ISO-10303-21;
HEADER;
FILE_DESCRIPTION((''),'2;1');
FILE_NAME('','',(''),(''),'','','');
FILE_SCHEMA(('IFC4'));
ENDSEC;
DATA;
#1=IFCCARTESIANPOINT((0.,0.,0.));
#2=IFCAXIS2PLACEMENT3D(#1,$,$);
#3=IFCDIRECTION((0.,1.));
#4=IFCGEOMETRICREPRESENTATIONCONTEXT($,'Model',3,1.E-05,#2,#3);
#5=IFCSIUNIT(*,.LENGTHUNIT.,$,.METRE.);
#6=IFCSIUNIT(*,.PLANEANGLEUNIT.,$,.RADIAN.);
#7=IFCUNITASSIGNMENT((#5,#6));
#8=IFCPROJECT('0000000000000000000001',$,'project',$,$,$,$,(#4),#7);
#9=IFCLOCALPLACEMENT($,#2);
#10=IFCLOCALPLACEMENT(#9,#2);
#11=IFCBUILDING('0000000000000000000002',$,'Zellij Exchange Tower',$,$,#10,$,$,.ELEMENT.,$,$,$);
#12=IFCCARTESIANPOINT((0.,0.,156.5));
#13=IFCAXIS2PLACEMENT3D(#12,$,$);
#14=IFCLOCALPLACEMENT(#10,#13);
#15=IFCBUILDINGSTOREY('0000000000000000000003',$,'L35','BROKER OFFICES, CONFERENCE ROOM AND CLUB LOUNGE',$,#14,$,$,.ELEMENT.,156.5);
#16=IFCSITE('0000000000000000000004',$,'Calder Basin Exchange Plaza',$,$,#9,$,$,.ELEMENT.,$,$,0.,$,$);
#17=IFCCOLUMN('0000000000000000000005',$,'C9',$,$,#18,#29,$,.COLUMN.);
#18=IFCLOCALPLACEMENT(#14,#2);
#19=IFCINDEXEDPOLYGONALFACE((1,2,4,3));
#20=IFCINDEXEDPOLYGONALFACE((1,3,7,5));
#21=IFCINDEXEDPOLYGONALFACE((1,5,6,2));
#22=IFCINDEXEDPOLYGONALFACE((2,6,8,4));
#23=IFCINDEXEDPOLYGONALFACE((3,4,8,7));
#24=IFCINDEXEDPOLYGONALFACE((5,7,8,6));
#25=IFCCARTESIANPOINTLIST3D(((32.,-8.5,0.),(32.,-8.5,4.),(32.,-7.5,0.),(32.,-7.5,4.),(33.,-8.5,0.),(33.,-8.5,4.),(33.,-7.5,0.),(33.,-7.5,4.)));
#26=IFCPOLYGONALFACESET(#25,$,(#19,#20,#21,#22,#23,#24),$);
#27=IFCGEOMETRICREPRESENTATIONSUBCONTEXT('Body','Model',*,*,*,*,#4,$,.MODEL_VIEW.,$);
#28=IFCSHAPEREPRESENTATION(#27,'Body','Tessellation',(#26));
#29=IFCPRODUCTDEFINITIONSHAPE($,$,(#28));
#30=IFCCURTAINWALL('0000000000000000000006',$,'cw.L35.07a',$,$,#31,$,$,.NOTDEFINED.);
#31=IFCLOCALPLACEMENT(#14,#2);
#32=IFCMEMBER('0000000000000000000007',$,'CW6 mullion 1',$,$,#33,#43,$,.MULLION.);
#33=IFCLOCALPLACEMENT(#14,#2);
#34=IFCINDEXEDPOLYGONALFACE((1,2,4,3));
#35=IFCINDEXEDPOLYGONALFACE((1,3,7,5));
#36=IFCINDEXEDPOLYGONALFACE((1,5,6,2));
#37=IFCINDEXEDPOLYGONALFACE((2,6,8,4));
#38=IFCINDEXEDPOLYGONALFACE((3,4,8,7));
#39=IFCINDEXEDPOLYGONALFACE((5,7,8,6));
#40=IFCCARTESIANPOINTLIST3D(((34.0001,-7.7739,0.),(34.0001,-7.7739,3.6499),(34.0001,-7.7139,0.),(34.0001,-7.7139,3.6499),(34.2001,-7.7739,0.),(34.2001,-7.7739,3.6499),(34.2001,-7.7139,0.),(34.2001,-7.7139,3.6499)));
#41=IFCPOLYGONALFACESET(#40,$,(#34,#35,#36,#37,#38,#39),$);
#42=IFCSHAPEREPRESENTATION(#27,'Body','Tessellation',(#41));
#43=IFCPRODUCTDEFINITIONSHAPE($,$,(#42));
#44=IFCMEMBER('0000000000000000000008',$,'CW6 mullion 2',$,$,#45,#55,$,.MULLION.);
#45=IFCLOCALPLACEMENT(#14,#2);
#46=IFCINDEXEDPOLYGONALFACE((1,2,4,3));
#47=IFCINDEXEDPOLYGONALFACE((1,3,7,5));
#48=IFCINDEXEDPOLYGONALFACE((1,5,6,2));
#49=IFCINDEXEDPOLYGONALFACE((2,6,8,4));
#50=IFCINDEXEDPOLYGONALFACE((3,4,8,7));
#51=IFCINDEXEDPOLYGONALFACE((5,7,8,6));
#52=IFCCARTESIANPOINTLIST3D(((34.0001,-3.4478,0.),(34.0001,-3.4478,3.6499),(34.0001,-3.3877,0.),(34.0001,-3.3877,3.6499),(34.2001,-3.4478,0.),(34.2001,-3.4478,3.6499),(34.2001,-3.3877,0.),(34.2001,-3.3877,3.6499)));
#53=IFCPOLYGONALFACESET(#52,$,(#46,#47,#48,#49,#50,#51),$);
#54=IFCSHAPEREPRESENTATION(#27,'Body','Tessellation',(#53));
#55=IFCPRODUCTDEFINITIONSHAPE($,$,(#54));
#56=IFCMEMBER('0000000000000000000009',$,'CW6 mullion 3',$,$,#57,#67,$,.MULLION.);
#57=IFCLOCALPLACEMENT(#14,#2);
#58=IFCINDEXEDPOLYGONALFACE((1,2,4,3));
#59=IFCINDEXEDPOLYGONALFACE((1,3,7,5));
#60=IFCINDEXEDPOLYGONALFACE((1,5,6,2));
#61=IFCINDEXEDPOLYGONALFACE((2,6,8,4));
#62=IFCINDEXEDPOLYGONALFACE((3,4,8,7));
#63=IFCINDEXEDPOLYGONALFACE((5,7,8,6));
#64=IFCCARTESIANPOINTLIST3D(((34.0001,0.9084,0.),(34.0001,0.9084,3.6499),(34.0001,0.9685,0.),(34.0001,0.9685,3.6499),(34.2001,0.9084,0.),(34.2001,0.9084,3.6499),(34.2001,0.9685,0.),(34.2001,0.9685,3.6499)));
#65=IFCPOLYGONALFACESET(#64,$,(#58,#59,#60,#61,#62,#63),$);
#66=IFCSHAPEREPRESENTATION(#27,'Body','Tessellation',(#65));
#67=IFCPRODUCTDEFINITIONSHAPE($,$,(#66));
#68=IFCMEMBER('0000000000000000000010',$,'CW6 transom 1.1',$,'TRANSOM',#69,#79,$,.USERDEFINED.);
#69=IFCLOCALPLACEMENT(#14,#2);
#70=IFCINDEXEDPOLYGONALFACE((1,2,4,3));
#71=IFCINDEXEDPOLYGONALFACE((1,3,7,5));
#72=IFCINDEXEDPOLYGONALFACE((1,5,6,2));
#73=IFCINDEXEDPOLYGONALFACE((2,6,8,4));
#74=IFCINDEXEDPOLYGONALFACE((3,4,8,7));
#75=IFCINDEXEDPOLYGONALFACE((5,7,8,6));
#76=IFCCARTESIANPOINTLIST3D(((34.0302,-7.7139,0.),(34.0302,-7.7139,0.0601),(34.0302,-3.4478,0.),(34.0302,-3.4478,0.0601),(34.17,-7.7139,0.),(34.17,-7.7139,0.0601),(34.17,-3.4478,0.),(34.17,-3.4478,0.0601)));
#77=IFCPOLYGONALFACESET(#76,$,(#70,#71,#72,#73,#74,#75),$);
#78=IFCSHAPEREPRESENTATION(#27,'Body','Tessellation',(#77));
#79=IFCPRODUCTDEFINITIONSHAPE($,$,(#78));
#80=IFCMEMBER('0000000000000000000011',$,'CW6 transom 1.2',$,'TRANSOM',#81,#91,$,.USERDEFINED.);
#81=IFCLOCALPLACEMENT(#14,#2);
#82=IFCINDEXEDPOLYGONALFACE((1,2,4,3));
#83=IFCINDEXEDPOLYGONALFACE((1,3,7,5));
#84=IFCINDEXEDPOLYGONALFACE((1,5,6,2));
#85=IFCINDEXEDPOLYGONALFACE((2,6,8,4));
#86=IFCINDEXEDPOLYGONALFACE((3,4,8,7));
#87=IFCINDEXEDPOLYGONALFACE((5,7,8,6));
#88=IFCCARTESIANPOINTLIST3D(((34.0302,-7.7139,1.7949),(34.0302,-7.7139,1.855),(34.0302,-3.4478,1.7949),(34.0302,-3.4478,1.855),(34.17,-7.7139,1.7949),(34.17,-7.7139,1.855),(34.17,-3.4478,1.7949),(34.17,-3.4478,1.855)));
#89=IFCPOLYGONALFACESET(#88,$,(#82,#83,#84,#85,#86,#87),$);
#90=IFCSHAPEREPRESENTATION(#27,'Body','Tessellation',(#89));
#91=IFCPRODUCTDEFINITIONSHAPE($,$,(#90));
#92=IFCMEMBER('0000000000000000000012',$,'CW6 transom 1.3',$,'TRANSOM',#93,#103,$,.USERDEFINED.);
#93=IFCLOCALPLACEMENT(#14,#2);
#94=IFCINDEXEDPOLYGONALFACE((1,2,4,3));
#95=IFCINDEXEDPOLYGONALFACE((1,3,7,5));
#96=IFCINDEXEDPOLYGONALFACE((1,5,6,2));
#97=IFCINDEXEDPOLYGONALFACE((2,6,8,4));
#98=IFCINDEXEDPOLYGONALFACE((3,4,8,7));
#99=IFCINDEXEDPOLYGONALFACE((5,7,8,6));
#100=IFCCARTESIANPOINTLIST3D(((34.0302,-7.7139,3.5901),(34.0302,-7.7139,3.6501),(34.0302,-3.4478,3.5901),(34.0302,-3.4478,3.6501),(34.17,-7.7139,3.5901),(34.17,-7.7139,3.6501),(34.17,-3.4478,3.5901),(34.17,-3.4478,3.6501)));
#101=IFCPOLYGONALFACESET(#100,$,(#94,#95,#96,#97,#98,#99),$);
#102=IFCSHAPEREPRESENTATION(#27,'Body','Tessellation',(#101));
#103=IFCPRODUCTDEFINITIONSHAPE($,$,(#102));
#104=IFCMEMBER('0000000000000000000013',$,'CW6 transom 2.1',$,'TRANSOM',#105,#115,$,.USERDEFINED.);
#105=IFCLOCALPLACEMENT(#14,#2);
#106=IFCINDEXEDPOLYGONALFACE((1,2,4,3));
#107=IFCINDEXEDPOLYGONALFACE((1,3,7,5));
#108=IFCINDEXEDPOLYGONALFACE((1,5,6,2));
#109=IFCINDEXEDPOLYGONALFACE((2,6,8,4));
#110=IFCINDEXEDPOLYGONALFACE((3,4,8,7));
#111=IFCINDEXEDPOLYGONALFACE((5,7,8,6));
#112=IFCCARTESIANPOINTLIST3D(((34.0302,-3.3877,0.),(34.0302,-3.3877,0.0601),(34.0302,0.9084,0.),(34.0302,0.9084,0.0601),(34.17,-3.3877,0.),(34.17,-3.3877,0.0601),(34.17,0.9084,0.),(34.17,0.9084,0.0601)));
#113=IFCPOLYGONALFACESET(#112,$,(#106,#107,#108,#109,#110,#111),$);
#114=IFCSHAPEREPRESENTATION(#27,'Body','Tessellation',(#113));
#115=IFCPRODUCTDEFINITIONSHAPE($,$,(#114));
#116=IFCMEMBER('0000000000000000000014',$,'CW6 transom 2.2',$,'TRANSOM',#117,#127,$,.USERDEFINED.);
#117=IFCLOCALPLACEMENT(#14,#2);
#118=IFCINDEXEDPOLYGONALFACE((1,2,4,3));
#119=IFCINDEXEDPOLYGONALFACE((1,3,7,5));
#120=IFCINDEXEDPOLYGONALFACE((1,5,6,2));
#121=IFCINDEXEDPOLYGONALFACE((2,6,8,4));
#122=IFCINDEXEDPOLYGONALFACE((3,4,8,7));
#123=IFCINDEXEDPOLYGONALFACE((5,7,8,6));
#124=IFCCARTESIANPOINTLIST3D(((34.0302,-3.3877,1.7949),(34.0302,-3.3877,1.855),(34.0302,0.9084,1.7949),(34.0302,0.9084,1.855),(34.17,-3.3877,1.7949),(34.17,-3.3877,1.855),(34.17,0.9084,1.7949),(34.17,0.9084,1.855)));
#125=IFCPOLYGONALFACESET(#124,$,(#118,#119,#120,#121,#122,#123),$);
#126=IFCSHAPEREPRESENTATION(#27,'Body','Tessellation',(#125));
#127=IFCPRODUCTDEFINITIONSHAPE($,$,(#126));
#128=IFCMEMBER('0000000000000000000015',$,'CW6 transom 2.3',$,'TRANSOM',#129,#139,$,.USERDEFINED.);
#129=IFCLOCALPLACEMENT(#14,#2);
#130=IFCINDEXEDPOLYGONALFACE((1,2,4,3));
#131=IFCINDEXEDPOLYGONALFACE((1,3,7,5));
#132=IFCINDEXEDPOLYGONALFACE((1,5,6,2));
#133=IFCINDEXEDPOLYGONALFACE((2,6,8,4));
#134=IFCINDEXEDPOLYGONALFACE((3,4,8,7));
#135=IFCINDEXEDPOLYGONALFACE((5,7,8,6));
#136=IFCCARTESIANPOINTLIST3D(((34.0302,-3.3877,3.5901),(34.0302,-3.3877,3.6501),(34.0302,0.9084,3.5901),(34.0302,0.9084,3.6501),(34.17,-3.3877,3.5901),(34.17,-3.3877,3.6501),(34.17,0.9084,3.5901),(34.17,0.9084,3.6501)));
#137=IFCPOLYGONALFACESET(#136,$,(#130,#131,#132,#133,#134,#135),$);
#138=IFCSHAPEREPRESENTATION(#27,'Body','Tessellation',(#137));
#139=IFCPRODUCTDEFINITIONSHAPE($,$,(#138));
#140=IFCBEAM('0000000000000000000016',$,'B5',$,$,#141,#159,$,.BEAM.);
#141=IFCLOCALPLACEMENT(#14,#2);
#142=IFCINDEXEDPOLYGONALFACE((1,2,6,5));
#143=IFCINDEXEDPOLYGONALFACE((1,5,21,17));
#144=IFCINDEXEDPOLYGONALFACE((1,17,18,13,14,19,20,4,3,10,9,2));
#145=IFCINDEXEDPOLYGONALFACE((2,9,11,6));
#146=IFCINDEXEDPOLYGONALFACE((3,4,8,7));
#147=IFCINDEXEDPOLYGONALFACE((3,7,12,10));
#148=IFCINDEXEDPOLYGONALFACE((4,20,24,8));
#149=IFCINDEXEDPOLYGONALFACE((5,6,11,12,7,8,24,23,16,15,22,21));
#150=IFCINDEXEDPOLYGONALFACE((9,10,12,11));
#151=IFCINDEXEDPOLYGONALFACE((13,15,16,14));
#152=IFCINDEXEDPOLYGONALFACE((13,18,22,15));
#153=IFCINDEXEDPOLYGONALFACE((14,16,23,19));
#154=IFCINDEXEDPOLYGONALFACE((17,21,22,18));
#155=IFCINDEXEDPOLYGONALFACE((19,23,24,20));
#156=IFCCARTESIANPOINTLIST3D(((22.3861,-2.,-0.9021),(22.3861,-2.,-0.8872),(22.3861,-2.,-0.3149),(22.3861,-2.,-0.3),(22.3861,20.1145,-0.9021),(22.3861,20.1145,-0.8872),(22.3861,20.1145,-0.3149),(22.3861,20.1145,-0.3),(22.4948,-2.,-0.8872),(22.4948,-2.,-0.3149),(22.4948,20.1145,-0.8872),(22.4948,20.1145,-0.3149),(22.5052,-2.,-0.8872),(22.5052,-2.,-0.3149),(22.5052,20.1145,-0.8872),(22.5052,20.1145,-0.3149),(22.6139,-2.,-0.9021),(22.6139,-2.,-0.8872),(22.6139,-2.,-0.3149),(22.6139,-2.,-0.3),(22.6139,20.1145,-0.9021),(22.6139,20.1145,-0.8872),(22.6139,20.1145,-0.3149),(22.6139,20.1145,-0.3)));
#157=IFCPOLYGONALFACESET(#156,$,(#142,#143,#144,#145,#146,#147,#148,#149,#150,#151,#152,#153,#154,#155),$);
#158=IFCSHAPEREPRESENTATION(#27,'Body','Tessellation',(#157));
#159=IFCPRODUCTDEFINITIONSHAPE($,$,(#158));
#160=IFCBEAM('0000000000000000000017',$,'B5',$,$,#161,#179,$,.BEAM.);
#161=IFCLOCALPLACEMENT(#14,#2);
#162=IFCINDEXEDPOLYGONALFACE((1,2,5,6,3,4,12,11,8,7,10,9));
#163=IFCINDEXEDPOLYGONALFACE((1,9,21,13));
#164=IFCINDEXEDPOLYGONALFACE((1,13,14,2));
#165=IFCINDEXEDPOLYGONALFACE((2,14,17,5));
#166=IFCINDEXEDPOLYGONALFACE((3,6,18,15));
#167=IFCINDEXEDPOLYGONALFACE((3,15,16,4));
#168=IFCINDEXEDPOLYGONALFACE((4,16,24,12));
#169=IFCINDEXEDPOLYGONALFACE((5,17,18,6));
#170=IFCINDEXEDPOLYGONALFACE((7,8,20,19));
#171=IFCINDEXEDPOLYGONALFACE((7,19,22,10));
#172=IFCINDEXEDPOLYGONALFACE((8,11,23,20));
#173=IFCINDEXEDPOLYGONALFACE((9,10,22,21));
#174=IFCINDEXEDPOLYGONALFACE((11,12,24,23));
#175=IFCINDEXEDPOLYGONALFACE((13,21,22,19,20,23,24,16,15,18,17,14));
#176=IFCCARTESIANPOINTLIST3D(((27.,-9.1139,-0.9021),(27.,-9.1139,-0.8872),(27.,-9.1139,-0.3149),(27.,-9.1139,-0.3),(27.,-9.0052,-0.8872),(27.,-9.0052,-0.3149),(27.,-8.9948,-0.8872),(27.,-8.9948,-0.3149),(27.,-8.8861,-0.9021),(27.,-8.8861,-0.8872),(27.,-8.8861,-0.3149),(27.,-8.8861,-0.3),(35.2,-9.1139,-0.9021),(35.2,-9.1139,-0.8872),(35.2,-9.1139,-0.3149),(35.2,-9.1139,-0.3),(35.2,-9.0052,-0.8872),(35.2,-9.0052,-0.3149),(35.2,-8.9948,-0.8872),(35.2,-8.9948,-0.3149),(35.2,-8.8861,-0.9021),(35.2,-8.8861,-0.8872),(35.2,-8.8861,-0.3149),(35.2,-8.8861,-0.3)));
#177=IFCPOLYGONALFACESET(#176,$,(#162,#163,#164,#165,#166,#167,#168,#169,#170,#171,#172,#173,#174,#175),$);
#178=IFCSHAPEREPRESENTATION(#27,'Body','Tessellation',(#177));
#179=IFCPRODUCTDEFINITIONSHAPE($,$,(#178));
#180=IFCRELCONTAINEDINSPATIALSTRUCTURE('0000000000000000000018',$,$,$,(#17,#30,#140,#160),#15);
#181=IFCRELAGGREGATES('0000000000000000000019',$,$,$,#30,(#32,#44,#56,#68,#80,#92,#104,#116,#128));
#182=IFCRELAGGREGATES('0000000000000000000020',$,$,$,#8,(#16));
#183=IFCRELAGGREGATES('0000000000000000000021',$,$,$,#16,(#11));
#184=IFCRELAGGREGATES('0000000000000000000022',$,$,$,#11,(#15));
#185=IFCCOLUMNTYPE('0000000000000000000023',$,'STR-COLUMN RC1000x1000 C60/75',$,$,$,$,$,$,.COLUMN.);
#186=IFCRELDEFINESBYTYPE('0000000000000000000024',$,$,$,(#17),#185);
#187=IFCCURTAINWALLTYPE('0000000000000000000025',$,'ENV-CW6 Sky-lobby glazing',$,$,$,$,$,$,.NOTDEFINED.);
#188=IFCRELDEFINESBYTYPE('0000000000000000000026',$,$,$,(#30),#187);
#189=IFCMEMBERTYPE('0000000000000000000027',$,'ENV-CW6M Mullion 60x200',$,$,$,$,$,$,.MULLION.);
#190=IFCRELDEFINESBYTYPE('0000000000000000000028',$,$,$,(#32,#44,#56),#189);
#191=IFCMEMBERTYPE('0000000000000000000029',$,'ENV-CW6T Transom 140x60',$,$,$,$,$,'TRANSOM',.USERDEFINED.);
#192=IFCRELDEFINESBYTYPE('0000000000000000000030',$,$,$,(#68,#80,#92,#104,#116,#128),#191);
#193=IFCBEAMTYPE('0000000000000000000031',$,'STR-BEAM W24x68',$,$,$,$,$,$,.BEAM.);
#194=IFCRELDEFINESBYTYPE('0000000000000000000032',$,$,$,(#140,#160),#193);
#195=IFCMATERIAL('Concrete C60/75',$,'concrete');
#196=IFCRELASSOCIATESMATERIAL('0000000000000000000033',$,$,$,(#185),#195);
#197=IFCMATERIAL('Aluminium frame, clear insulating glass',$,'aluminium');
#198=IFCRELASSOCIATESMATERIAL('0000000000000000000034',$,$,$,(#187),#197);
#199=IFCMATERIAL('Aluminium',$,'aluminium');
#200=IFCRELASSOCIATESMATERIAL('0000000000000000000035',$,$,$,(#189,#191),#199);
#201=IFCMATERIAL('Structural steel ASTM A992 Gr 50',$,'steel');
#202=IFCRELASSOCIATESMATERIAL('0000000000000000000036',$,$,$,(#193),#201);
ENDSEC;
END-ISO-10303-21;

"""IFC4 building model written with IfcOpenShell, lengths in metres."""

from ifc_helpers import new_model, si_unit, direction, frame, origin, origin_2d, place, context, subcontext, project, spatial, rectangle, i_section, extrude, material, material_profile, profile_set, type_object, element, aggregate, save


model = new_model("IFC4")

# Units and contexts
model_context = context("Model", 3, precision=1e-05, world=origin(), true_north=direction((0.0, 1.0)))
body_context = subcontext(model_context, "Body", "Model", "MODEL_VIEW")
ifc_project = project(units=[si_unit("LENGTHUNIT", "METRE"), si_unit("PLANEANGLEUNIT", "RADIAN")], contexts=[model_context])

# Site, building, storey
site_placement = place(None, origin())
site = spatial("IfcSite", under=ifc_project, at=site_placement, Name="Calder Basin Exchange Plaza", CompositionType="ELEMENT", RefElevation=0.0)
building_placement = place(site_placement, origin())
building = spatial("IfcBuilding", under=site, at=building_placement, Name="Zellij Exchange Tower", CompositionType="ELEMENT")
storey_placement = place(building_placement, frame((0.0, 0.0, 156.5)))
storey = spatial("IfcBuildingStorey", under=building, at=storey_placement, Name="L35", Description="BROKER OFFICES, CONFERENCE ROOM AND CLUB LOUNGE", CompositionType="ELEMENT", Elevation=156.5)

# Column
ifc_material_1 = material(Name="Concrete C60/75", Category="concrete")
ifc_material_profile_1 = material_profile(ifc_material_1, rectangle(XDim=1.0, YDim=1.0, at=origin_2d()), Name="STR-COLUMN RC1000x1000 C60/75")
ifc_profile_set_1 = profile_set([ifc_material_profile_1], Name="Concrete C60/75")
column_type = type_object("IfcColumnType", Name="STR-COLUMN RC1000x1000 C60/75", PredefinedType="COLUMN", material=ifc_profile_set_1)
column_placement = place(storey_placement, frame((32.5, -8.0, 0.0), z_axis=(0.0, 0.0, 1.0), x_axis=(1.0, 0.0, 0.0)))
element("IfcColumn", 1, at=column_placement, inside=storey, type_object=column_type, Name="C9", PredefinedType="COLUMN", context=body_context, shape_type="SweptSolid", body=[
    extrude(rectangle(XDim=1.0, YDim=1.0, at=origin_2d()), origin(), (0.0, 0.0, 1.0), 4.0),
])

# Curtain wall, members
ifc_material_2 = material(Name="Aluminium frame, clear insulating glass", Category="aluminium")
curtain_wall_type = type_object("IfcCurtainWallType", Name="ENV-CW6 Sky-lobby glazing", PredefinedType="NOTDEFINED", material=ifc_material_2)
curtain_wall_placement = place(storey_placement, origin())
curtain_wall = element("IfcCurtainWall", 2, at=curtain_wall_placement, inside=storey, type_object=curtain_wall_type, Name="cw.L35.07a", PredefinedType="NOTDEFINED")
ifc_material_3 = material(Name="Aluminium", Category="aluminium")
ifc_material_profile_2 = material_profile(ifc_material_3, rectangle(XDim=0.0601, YDim=0.2, at=origin_2d()), Name="AL 60x200")
ifc_profile_set_2 = profile_set([ifc_material_profile_2], Name="Aluminium")
member_type_1 = type_object("IfcMemberType", Name="ENV-CW6M Mullion 60x200", PredefinedType="MULLION", material=ifc_profile_set_2)
member_1_placement = place(storey_placement, frame((34.1001, -7.7439, 0.0), z_axis=(0.0, 0.0, 1.0), x_axis=(0.0, 1.0, 0.0)))
member_1 = element("IfcMember", 3, at=member_1_placement, type_object=member_type_1, Name="CW6 mullion 1", PredefinedType="MULLION", context=body_context, shape_type="SweptSolid", body=[
    extrude(rectangle(XDim=0.0601, YDim=0.2, at=origin_2d()), origin(), (0.0, 0.0, 1.0), 3.6499),
])
member_2_placement = place(storey_placement, frame((34.1001, -3.4177, 0.0), z_axis=(0.0, 0.0, 1.0), x_axis=(0.0, 1.0, 0.0)))
member_2 = element("IfcMember", 4, at=member_2_placement, type_object=member_type_1, Name="CW6 mullion 2", PredefinedType="MULLION", context=body_context, shape_type="SweptSolid", body=[
    extrude(rectangle(XDim=0.0601, YDim=0.2, at=origin_2d()), origin(), (0.0, 0.0, 1.0), 3.6499),
])
member_3_placement = place(storey_placement, frame((34.1001, 0.9385, 0.0), z_axis=(0.0, 0.0, 1.0), x_axis=(0.0, 1.0, 0.0)))
member_3 = element("IfcMember", 5, at=member_3_placement, type_object=member_type_1, Name="CW6 mullion 3", PredefinedType="MULLION", context=body_context, shape_type="SweptSolid", body=[
    extrude(rectangle(XDim=0.0601, YDim=0.2, at=origin_2d()), origin(), (0.0, 0.0, 1.0), 3.6499),
])
ifc_material_profile_3 = material_profile(ifc_material_3, rectangle(XDim=0.1399, YDim=0.0601, at=origin_2d()), Name="AL 140x60")
ifc_profile_set_3 = profile_set([ifc_material_profile_3], Name="Aluminium")
member_type_2 = type_object("IfcMemberType", Name="ENV-CW6T Transom 140x60", ElementType="TRANSOM", PredefinedType="USERDEFINED", material=ifc_profile_set_3)
member_4_placement = place(storey_placement, frame((34.1001, -7.7139, 0.03), z_axis=(0.0, 1.0, 0.0), x_axis=(-1.0, 0.0, 0.0)))
member_4 = element("IfcMember", 6, at=member_4_placement, type_object=member_type_2, Name="CW6 transom 1.1", ObjectType="TRANSOM", PredefinedType="USERDEFINED", context=body_context, shape_type="SweptSolid", body=[
    extrude(rectangle(XDim=0.1399, YDim=0.0601, at=origin_2d()), origin(), (0.0, 0.0, 1.0), 4.2661),
])
member_5_placement = place(storey_placement, frame((34.1001, -7.7139, 1.825), z_axis=(0.0, 1.0, 0.0), x_axis=(-1.0, 0.0, 0.0)))
member_5 = element("IfcMember", 7, at=member_5_placement, type_object=member_type_2, Name="CW6 transom 1.2", ObjectType="TRANSOM", PredefinedType="USERDEFINED", context=body_context, shape_type="SweptSolid", body=[
    extrude(rectangle(XDim=0.1399, YDim=0.0601, at=origin_2d()), origin(), (0.0, 0.0, 1.0), 4.2661),
])
member_6_placement = place(storey_placement, frame((34.1001, -7.7139, 3.6201), z_axis=(0.0, 1.0, 0.0), x_axis=(-1.0, 0.0, 0.0)))
member_6 = element("IfcMember", 8, at=member_6_placement, type_object=member_type_2, Name="CW6 transom 1.3", ObjectType="TRANSOM", PredefinedType="USERDEFINED", context=body_context, shape_type="SweptSolid", body=[
    extrude(rectangle(XDim=0.1399, YDim=0.0601, at=origin_2d()), origin(), (0.0, 0.0, 1.0), 4.2661),
])
member_7_placement = place(storey_placement, frame((34.1001, -3.3877, 0.03), z_axis=(0.0, 1.0, 0.0), x_axis=(-1.0, 0.0, 0.0)))
member_7 = element("IfcMember", 9, at=member_7_placement, type_object=member_type_2, Name="CW6 transom 2.1", ObjectType="TRANSOM", PredefinedType="USERDEFINED", context=body_context, shape_type="SweptSolid", body=[
    extrude(rectangle(XDim=0.1399, YDim=0.0601, at=origin_2d()), origin(), (0.0, 0.0, 1.0), 4.2961),
])
member_8_placement = place(storey_placement, frame((34.1001, -3.3877, 1.825), z_axis=(0.0, 1.0, 0.0), x_axis=(-1.0, 0.0, 0.0)))
member_8 = element("IfcMember", 10, at=member_8_placement, type_object=member_type_2, Name="CW6 transom 2.2", ObjectType="TRANSOM", PredefinedType="USERDEFINED", context=body_context, shape_type="SweptSolid", body=[
    extrude(rectangle(XDim=0.1399, YDim=0.0601, at=origin_2d()), origin(), (0.0, 0.0, 1.0), 4.2961),
])
member_9_placement = place(storey_placement, frame((34.1001, -3.3877, 3.6201), z_axis=(0.0, 1.0, 0.0), x_axis=(-1.0, 0.0, 0.0)))
member_9 = element("IfcMember", 11, at=member_9_placement, type_object=member_type_2, Name="CW6 transom 2.3", ObjectType="TRANSOM", PredefinedType="USERDEFINED", context=body_context, shape_type="SweptSolid", body=[
    extrude(rectangle(XDim=0.1399, YDim=0.0601, at=origin_2d()), origin(), (0.0, 0.0, 1.0), 4.2961),
])

# Beams
ifc_material_4 = material(Name="Structural steel ASTM A992 Gr 50", Category="steel")
ifc_material_profile_4 = material_profile(ifc_material_4, i_section(OverallWidth=0.2278, OverallDepth=0.6021, WebThickness=0.0105, FlangeThickness=0.0149, at=origin_2d()), Name="W24x68")
ifc_profile_set_4 = profile_set([ifc_material_profile_4], Name="Structural steel ASTM A992 Gr 50")
beam_type_1 = type_object("IfcBeamType", Name="STR-BEAM W24x68", PredefinedType="BEAM", material=ifc_profile_set_4)
beam_1_placement = place(storey_placement, frame((22.5, -2.0, -0.6011), z_axis=(0.0, 1.0, 0.0), x_axis=(-1.0, 0.0, 0.0)))
element("IfcBeam", 12, at=beam_1_placement, inside=storey, type_object=beam_type_1, Name="B5", PredefinedType="BEAM", context=body_context, shape_type="SweptSolid", body=[
    extrude(i_section(OverallWidth=0.2278, OverallDepth=0.6021, WebThickness=0.0105, FlangeThickness=0.0149, at=origin_2d()), origin(), (0.0, 0.0, 1.0), 22.1145),
])
for number, where, z_axis, x_axis, name in (
    (13, (27.0, -9.0, -0.6011), (1.0, 0.0, 0.0), (0.0, 1.0, 0.0), "B5"),
):
    element("IfcBeam", number, at=place(storey_placement, frame(where, z_axis=z_axis, x_axis=x_axis)), inside=storey, type_object=beam_type_1, Name=name, PredefinedType="BEAM", context=body_context, shape_type="SweptSolid", body=[
        extrude(i_section(OverallWidth=0.2278, OverallDepth=0.6021, WebThickness=0.0105, FlangeThickness=0.0149, at=origin_2d()), origin(), (0.0, 0.0, 1.0), 8.2),
    ])

aggregate(curtain_wall, [member_1, member_2, member_3, member_4, member_5, member_6, member_7, member_8, member_9])

save(model, "model.ifc")
